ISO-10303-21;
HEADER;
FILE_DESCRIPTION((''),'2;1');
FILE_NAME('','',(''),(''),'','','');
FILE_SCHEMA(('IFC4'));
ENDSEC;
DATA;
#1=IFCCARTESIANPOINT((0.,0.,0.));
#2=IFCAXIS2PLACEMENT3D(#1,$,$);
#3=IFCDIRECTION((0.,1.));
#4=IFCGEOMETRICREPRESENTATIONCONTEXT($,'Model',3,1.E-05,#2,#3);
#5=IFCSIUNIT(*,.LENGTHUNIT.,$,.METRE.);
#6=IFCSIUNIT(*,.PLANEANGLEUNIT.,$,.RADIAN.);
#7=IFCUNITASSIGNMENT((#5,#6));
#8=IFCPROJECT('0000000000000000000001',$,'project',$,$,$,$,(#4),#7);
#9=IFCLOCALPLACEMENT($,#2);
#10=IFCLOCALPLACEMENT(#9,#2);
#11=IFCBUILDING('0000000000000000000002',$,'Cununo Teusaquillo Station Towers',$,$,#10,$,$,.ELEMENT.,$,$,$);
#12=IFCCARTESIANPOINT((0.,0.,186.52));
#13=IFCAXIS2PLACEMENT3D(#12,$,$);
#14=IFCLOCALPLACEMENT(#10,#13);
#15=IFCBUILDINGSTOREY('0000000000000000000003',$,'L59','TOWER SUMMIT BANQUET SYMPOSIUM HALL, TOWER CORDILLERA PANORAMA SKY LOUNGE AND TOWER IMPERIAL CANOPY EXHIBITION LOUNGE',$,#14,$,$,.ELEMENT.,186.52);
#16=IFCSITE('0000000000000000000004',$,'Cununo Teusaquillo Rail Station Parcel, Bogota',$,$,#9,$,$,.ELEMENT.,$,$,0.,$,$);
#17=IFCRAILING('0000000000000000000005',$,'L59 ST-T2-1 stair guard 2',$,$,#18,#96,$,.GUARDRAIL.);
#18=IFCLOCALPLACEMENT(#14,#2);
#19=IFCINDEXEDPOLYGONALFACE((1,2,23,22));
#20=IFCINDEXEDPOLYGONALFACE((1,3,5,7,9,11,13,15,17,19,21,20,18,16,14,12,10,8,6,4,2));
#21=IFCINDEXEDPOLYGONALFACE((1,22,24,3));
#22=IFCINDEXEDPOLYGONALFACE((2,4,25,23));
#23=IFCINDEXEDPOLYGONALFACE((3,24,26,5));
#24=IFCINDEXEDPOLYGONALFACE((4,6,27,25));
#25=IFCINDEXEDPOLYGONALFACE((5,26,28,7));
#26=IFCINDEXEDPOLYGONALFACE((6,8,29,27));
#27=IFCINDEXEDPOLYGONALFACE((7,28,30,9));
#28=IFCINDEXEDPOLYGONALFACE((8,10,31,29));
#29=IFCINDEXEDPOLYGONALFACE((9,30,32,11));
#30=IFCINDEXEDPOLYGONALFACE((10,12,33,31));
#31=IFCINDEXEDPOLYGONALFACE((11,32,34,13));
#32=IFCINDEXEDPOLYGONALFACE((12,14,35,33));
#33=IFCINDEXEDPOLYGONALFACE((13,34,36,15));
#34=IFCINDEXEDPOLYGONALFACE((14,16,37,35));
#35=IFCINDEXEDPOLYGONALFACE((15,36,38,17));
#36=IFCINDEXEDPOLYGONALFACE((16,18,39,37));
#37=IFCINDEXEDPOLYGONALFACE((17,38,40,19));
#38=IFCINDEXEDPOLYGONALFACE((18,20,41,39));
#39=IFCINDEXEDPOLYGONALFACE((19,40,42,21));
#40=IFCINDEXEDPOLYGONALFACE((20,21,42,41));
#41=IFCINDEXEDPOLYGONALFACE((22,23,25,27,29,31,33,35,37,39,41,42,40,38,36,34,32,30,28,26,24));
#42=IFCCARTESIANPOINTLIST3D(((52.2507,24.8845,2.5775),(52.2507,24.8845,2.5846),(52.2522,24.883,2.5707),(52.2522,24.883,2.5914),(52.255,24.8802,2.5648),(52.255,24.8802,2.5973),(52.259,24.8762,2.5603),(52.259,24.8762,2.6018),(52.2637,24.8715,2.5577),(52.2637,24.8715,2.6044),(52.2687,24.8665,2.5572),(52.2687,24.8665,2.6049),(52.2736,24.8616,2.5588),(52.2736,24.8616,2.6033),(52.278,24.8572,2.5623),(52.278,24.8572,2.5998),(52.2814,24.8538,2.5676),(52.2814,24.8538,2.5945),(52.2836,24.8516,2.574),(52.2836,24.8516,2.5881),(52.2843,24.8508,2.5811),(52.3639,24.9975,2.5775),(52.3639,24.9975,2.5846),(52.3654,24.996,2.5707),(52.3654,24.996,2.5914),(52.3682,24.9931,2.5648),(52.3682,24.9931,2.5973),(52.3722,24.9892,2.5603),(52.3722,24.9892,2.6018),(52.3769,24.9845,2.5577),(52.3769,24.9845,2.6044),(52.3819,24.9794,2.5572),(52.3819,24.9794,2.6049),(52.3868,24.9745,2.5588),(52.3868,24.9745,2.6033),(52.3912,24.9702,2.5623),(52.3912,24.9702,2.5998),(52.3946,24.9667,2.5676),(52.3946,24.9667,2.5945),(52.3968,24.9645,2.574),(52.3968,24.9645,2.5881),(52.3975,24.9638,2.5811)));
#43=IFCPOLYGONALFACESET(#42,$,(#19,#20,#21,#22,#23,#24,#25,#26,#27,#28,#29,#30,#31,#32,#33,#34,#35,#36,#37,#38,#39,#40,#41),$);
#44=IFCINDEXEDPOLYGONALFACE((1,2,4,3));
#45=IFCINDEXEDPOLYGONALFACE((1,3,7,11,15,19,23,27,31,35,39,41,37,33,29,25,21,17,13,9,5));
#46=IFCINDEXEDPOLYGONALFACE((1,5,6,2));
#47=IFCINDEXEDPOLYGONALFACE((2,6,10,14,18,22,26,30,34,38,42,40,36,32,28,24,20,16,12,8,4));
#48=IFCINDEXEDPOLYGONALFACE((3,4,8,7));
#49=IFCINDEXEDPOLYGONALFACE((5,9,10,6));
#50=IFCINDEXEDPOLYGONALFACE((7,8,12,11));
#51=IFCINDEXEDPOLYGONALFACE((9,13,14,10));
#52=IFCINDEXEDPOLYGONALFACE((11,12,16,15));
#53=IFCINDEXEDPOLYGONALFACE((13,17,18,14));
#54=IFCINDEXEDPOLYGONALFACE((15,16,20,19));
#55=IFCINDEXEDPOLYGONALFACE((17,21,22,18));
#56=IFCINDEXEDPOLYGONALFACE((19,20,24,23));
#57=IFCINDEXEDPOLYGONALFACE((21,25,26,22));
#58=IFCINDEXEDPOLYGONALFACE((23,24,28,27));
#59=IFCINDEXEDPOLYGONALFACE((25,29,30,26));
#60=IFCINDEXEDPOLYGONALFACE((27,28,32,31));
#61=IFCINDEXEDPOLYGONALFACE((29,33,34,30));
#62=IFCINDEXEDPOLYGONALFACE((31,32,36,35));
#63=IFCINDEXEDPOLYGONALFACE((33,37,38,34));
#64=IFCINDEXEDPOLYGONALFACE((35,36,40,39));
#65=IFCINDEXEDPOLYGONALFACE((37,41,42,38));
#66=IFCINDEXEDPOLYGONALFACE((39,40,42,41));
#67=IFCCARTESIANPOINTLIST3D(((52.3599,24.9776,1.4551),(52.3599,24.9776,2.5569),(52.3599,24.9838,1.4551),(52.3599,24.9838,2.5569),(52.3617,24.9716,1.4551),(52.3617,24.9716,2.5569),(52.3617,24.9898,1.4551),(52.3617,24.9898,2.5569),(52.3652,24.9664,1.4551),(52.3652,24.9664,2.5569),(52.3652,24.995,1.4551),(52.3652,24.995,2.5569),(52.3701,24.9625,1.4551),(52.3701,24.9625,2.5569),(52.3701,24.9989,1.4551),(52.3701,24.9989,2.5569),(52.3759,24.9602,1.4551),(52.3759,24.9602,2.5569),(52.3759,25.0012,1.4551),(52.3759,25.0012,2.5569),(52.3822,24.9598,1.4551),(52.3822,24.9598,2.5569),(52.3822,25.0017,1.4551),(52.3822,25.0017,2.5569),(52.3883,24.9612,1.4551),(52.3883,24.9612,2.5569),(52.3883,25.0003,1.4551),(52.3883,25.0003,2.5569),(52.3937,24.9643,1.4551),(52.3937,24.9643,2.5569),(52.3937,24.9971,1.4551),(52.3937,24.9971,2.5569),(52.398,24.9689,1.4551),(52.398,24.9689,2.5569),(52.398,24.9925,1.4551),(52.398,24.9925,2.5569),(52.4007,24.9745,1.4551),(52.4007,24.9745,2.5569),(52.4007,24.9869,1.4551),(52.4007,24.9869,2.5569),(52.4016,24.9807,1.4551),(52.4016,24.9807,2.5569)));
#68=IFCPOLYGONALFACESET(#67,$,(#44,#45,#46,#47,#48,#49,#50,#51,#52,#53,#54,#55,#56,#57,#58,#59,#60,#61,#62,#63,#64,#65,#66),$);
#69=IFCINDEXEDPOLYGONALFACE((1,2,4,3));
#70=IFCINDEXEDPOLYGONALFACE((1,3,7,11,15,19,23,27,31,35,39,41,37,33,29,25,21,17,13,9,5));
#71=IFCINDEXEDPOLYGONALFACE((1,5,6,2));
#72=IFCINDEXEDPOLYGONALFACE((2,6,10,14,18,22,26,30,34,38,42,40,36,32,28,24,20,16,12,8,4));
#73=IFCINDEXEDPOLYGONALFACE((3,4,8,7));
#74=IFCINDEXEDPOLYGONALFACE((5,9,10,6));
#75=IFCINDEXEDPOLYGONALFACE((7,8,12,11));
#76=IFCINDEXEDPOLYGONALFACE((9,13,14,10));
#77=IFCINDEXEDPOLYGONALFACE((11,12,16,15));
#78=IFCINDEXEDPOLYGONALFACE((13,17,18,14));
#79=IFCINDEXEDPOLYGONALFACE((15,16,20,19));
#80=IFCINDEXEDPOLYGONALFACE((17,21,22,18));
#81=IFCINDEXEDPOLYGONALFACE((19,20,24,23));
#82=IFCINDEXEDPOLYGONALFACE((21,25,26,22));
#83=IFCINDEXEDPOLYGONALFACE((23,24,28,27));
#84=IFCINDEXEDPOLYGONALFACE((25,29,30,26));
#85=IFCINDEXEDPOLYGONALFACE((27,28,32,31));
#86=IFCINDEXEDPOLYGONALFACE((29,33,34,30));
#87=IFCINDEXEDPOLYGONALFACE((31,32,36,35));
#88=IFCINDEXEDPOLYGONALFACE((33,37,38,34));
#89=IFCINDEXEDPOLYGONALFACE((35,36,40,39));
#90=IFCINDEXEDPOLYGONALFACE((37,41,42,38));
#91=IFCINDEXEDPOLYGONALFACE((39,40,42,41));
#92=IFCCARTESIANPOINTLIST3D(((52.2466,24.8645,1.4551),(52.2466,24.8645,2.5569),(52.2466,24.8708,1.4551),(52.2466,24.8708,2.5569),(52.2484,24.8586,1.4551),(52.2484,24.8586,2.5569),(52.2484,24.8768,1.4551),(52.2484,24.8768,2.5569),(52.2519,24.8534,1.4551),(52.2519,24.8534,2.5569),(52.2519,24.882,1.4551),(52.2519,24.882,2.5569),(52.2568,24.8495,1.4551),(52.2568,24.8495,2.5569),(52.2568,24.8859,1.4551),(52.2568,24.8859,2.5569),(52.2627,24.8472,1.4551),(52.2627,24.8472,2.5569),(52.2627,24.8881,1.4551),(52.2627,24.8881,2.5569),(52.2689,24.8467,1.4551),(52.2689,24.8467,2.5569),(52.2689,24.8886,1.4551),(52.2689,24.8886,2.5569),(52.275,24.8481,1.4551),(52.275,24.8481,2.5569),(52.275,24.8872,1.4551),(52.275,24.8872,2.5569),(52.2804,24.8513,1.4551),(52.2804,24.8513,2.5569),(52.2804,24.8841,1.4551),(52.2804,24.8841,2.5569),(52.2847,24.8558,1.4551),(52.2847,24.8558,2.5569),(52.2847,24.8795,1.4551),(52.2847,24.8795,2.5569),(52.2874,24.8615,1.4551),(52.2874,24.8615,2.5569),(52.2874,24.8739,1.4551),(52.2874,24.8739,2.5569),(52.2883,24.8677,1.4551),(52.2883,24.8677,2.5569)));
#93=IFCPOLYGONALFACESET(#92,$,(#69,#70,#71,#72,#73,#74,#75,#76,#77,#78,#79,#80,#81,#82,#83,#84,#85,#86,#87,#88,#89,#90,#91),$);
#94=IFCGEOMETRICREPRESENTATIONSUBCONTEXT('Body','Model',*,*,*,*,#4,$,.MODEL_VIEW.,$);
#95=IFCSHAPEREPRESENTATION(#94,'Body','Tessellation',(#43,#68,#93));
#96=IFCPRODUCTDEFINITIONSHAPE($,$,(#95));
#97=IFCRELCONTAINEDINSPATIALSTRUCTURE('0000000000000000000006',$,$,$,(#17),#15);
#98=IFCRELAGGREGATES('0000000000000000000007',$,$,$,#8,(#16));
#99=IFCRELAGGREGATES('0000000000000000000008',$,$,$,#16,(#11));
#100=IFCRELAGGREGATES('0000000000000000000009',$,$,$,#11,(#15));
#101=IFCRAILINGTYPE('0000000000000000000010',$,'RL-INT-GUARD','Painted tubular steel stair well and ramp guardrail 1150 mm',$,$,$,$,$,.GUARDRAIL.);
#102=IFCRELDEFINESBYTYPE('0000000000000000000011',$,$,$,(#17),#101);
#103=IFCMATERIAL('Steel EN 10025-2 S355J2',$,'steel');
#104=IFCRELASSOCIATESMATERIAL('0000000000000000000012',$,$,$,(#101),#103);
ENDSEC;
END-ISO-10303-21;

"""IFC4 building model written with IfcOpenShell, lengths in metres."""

from ifc_helpers import new_model, si_unit, direction, frame, origin, origin_2d, place, context, subcontext, project, spatial, circle, extrude, material, type_object, element, save


model = new_model("IFC4")

# Units and contexts
model_context = context("Model", 3, precision=1e-05, world=origin(), true_north=direction((0.0, 1.0)))
body_context = subcontext(model_context, "Body", "Model", "MODEL_VIEW")
ifc_project = project(units=[si_unit("LENGTHUNIT", "METRE"), si_unit("PLANEANGLEUNIT", "RADIAN")], contexts=[model_context])

# Site, building, storey
site_placement = place(None, origin())
site = spatial("IfcSite", under=ifc_project, at=site_placement, Name="Cununo Teusaquillo Rail Station Parcel, Bogota", CompositionType="ELEMENT", RefElevation=0.0)
building_placement = place(site_placement, origin())
building = spatial("IfcBuilding", under=site, at=building_placement, Name="Cununo Teusaquillo Station Towers", CompositionType="ELEMENT")
storey_placement = place(building_placement, frame((0.0, 0.0, 186.52)))
storey = spatial("IfcBuildingStorey", under=building, at=storey_placement, Name="L59", Description="TOWER SUMMIT BANQUET SYMPOSIUM HALL, TOWER CORDILLERA PANORAMA SKY LOUNGE AND TOWER IMPERIAL CANOPY EXHIBITION LOUNGE", CompositionType="ELEMENT", Elevation=186.52)

# Railing
ifc_material_1 = material(Name="Steel EN 10025-2 S355J2", Category="steel")
railing_type_1 = type_object("IfcRailingType", Name="RL-INT-GUARD", Description="Painted tubular steel stair well and ramp guardrail 1150 mm", PredefinedType="GUARDRAIL", material=ifc_material_1)
railing_1_placement = place(storey_placement, frame((52.3806, 24.9807, 1.4551)))
element("IfcRailing", 1, at=railing_1_placement, inside=storey, type_object=railing_type_1, Name="L59 ST-T2-1 stair guard 2", PredefinedType="GUARDRAIL", context=body_context, shape_type="SweptSolid", body=[
    extrude(circle(Radius=0.0239, at=origin_2d()), frame((0.0, 0.0, 1.126), z_axis=(-0.707869, -0.706344, 0.0), x_axis=(0.706344, -0.707869, 0.0)), (0.0, 0.0, 1.0), 0.1599),
    extrude(circle(Radius=0.021, at=origin_2d()), origin(), (0.0, 0.0, 1.0), 1.1018),
    extrude(circle(Radius=0.021, at=origin_2d()), frame((-0.1133, -0.113, 0.0)), (0.0, 0.0, 1.0), 1.1018),
])

save(model, "model.ifc")
